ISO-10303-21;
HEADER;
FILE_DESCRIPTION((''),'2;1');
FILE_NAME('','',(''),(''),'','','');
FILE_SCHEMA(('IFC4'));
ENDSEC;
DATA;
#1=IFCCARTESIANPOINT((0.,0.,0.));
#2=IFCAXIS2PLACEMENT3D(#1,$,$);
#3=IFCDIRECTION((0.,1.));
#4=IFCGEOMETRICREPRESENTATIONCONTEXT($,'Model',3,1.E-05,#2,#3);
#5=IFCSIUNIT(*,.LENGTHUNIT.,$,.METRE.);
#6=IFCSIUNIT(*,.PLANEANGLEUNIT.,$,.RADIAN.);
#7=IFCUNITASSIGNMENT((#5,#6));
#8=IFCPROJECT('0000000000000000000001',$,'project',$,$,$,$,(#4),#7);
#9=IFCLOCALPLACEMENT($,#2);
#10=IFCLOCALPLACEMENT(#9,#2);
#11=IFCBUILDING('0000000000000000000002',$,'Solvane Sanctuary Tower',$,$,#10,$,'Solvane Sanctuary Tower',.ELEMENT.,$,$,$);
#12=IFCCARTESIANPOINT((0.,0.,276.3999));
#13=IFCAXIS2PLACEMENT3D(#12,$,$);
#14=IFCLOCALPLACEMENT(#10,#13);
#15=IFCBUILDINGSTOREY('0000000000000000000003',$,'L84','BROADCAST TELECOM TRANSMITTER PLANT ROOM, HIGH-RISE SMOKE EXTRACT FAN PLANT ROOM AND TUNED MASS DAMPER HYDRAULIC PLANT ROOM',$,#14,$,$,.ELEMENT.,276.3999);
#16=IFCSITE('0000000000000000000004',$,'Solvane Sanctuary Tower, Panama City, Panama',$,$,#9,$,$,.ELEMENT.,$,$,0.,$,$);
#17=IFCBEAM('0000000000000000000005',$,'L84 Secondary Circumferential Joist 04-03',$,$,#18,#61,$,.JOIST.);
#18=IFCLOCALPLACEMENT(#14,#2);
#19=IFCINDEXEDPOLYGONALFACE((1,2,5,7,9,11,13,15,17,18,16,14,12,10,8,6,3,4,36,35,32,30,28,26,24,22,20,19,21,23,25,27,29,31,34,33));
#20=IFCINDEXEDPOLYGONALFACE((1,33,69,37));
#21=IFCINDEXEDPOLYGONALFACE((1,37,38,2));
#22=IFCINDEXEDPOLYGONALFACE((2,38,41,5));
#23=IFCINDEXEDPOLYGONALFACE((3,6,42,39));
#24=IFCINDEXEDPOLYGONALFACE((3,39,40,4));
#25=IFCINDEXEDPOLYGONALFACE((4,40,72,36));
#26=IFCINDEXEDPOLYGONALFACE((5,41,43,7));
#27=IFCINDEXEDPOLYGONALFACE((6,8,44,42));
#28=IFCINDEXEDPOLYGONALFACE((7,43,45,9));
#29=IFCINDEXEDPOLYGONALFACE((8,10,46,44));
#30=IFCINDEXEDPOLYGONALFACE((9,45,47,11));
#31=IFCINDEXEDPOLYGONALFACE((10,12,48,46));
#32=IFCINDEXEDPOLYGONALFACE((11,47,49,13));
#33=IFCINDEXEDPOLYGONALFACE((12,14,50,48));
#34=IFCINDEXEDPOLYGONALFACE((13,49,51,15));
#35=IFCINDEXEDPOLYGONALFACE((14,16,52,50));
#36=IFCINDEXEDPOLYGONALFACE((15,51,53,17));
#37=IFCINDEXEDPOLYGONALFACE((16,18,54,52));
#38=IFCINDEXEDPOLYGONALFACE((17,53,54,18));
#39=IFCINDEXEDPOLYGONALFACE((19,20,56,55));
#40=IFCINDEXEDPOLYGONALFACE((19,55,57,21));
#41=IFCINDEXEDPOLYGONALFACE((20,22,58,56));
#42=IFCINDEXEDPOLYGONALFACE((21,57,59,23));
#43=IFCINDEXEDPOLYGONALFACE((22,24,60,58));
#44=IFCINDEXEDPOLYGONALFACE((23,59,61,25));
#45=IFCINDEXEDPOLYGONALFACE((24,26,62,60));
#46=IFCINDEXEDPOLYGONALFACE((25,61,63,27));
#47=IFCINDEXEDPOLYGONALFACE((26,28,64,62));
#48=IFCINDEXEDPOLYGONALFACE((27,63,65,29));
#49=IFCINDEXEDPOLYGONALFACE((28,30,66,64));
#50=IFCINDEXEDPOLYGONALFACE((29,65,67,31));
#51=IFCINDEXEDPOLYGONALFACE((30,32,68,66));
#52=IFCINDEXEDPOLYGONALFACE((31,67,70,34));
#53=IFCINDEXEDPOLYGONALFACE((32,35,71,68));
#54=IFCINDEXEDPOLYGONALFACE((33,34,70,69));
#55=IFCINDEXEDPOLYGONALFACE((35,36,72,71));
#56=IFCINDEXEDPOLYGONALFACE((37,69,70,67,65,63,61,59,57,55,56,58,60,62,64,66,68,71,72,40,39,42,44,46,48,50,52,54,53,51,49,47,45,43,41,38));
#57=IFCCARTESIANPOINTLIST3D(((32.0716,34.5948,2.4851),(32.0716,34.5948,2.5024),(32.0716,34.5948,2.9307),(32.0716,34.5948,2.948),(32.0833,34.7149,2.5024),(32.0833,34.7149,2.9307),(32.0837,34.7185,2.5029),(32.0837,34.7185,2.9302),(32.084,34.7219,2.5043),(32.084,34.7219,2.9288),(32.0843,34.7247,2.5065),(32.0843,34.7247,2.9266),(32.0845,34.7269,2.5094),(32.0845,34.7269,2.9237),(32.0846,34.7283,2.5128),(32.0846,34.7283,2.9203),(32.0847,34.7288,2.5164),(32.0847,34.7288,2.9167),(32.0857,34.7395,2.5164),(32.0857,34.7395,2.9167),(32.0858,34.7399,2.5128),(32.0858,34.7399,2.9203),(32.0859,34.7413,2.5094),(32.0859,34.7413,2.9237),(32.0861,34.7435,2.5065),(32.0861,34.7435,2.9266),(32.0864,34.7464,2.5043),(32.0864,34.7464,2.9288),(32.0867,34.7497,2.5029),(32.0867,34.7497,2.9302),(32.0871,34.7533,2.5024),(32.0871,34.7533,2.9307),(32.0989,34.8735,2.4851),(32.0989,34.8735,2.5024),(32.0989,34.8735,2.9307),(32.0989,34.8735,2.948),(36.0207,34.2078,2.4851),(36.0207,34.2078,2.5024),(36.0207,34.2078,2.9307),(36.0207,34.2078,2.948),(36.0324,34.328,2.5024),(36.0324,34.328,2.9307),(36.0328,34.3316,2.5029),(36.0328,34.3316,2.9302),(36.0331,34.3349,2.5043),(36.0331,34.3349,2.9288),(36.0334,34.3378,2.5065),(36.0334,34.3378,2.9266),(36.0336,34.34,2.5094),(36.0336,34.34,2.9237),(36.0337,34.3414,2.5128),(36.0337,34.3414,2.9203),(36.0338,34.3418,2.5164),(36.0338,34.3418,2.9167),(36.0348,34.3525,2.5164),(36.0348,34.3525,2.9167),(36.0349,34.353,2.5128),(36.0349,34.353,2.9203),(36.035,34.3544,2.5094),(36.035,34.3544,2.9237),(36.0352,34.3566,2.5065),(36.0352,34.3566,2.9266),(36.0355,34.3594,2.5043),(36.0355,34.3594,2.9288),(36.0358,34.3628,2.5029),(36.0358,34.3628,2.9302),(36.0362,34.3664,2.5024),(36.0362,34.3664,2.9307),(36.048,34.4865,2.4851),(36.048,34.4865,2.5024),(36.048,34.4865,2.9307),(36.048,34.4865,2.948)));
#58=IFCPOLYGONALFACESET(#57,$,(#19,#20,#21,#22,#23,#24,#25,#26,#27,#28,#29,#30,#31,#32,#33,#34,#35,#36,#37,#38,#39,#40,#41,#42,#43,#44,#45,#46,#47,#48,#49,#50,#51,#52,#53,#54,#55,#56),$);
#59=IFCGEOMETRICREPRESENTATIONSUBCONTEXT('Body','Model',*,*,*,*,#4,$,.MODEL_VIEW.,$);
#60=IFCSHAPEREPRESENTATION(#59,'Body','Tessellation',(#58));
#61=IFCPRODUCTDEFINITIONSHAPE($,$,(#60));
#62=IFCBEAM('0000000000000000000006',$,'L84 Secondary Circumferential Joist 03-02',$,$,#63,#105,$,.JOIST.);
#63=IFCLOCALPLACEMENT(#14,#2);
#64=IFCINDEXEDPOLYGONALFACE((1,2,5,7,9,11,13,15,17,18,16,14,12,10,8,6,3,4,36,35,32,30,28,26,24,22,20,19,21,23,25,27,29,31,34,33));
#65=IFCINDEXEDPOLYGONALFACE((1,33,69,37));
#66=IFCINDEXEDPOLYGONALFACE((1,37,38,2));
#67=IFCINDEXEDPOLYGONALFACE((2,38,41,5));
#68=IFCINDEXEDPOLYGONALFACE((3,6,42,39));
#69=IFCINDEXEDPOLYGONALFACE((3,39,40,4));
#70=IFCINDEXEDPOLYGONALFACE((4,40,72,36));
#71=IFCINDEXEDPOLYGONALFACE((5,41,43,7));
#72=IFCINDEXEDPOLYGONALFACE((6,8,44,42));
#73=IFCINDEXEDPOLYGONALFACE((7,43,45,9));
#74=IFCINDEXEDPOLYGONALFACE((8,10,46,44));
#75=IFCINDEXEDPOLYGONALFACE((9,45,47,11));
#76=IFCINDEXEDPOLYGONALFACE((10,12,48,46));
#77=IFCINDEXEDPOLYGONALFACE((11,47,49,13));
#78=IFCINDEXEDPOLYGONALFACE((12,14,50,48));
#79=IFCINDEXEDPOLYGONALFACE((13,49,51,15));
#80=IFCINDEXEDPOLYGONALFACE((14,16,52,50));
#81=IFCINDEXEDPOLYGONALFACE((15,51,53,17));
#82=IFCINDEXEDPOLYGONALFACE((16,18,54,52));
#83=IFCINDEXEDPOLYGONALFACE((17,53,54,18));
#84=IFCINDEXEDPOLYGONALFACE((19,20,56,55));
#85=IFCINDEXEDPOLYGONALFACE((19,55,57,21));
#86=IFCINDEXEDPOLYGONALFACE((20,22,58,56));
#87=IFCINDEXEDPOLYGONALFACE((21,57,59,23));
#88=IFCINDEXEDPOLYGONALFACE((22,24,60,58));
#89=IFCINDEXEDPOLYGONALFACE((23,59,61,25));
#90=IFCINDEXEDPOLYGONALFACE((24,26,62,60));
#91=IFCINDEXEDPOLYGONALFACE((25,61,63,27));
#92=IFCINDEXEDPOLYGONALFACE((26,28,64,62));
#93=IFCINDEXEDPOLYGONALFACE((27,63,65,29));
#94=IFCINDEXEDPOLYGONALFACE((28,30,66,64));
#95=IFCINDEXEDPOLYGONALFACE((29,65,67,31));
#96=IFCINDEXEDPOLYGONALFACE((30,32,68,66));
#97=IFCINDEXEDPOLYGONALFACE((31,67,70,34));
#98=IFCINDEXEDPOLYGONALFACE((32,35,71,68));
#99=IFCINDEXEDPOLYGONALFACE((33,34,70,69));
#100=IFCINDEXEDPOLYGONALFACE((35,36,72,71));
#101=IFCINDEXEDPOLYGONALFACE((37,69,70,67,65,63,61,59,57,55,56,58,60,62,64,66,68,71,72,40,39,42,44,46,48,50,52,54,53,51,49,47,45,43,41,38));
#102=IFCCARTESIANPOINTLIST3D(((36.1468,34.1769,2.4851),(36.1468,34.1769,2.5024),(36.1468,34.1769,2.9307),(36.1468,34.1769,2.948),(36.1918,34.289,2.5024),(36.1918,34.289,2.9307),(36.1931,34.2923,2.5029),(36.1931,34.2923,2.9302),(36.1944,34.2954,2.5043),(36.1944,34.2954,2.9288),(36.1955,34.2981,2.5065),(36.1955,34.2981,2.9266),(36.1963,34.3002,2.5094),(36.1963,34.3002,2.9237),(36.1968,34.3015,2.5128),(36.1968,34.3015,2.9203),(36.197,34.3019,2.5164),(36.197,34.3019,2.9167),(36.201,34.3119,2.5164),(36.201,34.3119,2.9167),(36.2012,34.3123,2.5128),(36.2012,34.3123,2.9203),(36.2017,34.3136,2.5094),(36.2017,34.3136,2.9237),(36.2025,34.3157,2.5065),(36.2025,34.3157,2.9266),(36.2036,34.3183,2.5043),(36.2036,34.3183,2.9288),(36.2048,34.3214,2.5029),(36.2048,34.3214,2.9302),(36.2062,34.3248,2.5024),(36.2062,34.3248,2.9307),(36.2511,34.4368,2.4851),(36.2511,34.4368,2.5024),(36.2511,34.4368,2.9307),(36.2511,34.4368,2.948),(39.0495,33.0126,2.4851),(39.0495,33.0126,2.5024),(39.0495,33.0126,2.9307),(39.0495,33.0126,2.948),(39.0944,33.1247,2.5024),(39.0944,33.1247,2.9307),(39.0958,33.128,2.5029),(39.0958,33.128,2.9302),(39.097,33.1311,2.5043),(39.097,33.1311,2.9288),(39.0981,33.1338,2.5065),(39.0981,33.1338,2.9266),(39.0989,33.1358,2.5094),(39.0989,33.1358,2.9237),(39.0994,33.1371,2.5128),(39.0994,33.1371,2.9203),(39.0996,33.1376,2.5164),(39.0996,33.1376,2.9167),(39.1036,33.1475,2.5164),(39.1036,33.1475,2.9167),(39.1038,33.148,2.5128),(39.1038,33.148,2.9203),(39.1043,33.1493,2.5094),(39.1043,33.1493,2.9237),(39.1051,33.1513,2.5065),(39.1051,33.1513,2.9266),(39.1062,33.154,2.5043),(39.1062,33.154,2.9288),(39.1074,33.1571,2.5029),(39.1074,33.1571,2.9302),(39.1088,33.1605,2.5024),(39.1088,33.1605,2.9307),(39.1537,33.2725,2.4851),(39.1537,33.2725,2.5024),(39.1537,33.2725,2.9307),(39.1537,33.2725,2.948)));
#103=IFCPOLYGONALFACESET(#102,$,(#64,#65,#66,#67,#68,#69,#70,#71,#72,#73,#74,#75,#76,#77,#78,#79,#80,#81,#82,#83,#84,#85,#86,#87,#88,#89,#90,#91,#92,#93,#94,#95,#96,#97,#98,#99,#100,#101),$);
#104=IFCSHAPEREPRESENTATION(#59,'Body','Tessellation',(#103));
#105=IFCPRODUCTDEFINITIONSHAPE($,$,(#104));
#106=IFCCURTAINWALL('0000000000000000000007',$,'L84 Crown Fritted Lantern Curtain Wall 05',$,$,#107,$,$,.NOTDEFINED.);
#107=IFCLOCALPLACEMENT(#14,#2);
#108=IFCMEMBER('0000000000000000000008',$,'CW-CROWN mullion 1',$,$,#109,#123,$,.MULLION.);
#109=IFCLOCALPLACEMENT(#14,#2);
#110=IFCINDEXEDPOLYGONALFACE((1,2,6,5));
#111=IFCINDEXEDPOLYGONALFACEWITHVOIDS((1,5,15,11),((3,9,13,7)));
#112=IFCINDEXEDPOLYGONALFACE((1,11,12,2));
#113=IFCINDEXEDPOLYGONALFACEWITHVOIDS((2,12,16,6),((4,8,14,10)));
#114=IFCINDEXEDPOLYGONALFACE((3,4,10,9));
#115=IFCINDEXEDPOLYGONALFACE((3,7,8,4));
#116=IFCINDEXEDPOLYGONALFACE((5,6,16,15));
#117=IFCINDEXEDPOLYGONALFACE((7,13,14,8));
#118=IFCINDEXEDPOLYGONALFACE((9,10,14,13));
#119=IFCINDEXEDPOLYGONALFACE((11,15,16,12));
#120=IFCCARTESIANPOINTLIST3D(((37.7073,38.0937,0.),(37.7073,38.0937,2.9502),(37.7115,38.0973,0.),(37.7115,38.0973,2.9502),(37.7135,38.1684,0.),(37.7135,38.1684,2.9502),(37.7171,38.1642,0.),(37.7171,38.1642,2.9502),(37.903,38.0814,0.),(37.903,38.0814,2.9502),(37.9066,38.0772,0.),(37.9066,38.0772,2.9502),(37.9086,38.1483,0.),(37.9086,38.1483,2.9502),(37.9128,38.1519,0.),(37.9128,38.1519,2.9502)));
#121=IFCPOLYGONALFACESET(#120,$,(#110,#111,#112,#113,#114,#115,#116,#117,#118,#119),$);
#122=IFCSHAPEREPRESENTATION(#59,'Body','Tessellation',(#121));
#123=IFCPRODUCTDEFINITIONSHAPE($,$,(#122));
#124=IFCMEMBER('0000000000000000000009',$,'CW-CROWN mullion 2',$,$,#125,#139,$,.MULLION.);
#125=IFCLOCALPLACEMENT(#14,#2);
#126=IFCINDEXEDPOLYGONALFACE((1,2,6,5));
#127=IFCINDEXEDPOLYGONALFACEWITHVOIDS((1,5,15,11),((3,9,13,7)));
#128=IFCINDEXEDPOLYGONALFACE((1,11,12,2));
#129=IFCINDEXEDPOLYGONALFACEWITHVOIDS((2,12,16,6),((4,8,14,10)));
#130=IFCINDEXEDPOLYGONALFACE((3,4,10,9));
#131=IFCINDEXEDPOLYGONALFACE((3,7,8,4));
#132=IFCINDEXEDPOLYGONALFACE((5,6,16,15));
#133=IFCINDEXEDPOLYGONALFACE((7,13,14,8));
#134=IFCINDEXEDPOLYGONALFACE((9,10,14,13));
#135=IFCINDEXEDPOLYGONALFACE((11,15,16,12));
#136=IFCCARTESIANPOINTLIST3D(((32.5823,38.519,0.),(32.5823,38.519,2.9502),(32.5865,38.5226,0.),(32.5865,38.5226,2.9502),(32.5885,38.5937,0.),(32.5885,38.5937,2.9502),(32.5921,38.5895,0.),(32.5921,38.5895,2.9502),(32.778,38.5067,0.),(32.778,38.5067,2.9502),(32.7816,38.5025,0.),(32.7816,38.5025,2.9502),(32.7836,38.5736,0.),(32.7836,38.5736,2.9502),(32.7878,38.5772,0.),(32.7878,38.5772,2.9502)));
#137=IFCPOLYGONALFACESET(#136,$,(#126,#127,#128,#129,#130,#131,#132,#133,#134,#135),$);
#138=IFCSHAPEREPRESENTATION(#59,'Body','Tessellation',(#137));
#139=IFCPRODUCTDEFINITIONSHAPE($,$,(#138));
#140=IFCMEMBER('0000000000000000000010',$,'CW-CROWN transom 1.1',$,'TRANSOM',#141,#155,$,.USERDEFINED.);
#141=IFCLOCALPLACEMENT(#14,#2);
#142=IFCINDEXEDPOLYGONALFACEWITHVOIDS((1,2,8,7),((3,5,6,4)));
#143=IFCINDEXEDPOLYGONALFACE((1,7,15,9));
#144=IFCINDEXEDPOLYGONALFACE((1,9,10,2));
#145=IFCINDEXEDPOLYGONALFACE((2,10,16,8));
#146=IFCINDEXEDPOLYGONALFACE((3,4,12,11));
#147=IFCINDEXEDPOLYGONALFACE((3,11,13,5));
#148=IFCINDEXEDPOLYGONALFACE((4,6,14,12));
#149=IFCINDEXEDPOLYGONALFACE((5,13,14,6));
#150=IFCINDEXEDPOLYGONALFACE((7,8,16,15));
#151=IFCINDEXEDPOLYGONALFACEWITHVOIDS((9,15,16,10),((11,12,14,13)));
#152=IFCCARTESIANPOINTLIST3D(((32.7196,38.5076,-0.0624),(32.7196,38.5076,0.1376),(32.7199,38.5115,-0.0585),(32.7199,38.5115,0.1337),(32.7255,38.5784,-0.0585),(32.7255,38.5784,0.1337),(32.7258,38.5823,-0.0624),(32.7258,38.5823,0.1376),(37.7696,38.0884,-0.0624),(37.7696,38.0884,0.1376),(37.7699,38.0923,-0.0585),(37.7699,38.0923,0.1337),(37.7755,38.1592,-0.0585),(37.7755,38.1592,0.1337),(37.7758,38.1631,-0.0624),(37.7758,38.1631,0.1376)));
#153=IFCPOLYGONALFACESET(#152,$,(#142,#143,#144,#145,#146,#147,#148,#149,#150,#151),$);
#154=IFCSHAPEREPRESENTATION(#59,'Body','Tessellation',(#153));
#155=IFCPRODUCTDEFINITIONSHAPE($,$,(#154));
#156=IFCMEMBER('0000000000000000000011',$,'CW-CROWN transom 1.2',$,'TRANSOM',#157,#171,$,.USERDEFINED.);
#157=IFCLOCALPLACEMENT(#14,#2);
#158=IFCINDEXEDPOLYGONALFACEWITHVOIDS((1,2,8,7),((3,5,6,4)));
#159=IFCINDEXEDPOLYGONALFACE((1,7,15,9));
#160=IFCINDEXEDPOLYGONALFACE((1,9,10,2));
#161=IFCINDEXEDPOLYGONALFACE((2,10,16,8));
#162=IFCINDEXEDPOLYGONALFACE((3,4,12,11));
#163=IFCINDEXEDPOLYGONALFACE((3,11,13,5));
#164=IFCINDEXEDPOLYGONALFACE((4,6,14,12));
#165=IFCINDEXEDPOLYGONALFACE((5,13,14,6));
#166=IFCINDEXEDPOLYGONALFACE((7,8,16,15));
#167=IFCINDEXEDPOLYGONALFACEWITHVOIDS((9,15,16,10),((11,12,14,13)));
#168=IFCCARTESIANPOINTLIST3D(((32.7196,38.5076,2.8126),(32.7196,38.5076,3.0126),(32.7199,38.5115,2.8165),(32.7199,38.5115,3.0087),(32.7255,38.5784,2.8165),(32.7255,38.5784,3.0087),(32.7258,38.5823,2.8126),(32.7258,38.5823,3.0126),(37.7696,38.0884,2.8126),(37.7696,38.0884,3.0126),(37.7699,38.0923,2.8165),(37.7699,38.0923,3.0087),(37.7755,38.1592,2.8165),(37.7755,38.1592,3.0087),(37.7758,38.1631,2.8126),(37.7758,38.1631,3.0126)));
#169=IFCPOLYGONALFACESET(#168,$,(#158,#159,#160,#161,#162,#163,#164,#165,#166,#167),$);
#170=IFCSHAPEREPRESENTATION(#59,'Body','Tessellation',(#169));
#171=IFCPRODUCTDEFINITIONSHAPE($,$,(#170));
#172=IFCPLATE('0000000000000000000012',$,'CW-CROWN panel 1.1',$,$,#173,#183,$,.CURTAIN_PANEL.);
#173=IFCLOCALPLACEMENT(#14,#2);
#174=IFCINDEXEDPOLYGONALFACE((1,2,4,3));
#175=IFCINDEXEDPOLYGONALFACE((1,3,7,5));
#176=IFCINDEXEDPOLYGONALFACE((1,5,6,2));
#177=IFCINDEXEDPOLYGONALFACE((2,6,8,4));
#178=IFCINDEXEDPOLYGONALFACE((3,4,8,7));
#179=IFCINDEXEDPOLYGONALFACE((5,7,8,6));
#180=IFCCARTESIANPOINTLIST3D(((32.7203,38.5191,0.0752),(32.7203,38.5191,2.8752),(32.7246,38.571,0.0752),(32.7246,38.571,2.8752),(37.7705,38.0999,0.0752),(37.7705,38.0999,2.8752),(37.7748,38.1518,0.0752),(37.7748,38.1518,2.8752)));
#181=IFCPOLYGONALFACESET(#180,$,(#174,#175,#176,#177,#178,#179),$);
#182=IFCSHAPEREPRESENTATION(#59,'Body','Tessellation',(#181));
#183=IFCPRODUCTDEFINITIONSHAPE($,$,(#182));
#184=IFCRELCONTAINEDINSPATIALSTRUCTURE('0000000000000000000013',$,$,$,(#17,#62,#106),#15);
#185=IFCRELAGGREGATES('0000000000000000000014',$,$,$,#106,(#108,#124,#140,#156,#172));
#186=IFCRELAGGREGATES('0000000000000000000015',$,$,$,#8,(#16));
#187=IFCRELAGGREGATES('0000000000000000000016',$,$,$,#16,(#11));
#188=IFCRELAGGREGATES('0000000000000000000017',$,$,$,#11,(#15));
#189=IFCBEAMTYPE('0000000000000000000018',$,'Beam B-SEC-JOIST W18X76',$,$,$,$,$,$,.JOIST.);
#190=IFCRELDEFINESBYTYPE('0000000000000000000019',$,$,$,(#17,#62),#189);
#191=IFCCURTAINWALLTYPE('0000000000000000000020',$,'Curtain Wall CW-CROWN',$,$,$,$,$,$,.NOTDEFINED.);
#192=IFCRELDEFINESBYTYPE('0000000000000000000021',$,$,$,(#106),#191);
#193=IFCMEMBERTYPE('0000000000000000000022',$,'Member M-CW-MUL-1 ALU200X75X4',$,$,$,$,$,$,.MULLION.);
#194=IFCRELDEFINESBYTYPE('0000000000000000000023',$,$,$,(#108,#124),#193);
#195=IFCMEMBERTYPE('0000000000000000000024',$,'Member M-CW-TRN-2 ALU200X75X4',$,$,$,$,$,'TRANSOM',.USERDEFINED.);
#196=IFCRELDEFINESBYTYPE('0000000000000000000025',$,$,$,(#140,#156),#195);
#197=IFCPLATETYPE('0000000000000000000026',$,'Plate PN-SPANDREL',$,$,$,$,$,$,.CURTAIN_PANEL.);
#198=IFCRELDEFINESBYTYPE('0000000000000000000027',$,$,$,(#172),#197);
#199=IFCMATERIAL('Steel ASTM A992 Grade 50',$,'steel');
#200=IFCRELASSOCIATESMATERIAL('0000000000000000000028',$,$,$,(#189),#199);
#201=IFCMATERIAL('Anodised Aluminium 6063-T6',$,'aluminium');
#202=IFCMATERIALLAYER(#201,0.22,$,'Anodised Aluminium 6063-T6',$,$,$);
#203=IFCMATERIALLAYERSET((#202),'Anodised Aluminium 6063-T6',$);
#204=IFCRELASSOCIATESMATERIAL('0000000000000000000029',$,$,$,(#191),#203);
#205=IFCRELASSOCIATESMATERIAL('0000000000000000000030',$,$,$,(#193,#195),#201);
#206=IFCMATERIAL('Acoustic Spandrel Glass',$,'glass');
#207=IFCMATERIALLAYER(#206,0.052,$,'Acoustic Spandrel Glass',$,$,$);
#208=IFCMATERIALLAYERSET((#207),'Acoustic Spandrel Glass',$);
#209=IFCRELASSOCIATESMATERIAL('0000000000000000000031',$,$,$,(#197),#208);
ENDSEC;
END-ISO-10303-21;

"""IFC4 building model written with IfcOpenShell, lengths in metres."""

from ifc_helpers import new_model, si_unit, direction, frame, origin, origin_2d, place, context, subcontext, project, spatial, rectangle, hollow_rectangle, i_section, extrude, material, layer, layer_set, material_profile, profile_set, type_object, element, aggregate, save


model = new_model("IFC4")

# Units and contexts
model_context = context("Model", 3, precision=1e-05, world=origin(), true_north=direction((0.0, 1.0)))
body_context = subcontext(model_context, "Body", "Model", "MODEL_VIEW")
ifc_project = project(units=[si_unit("LENGTHUNIT", "METRE"), si_unit("PLANEANGLEUNIT", "RADIAN")], contexts=[model_context])

# Site, building, storey
site_placement = place(None, origin())
site = spatial("IfcSite", under=ifc_project, at=site_placement, Name="Solvane Sanctuary Tower, Panama City, Panama", CompositionType="ELEMENT", RefElevation=0.0)
building_placement = place(site_placement, origin())
building = spatial("IfcBuilding", under=site, at=building_placement, Name="Solvane Sanctuary Tower", LongName="Solvane Sanctuary Tower", CompositionType="ELEMENT")
storey_placement = place(building_placement, frame((0.0, 0.0, 276.3999)))
storey = spatial("IfcBuildingStorey", under=building, at=storey_placement, Name="L84", Description="BROADCAST TELECOM TRANSMITTER PLANT ROOM, HIGH-RISE SMOKE EXTRACT FAN PLANT ROOM AND TUNED MASS DAMPER HYDRAULIC PLANT ROOM", CompositionType="ELEMENT", Elevation=276.3999)

# Beams
ifc_material_1 = material(Name="Steel ASTM A992 Grade 50", Category="steel")
ifc_material_profile_1 = material_profile(ifc_material_1, i_section(OverallWidth=0.28, OverallDepth=0.4629, WebThickness=0.0107, FlangeThickness=0.0173, FilletRadius=0.0139, at=origin_2d()), Name="W18X76")
ifc_profile_set_1 = profile_set([ifc_material_profile_1], Name="Steel ASTM A992 Grade 50")
beam_type_1 = type_object("IfcBeamType", Name="Beam B-SEC-JOIST W18X76", PredefinedType="JOIST", material=ifc_profile_set_1)
beam_1_placement = place(storey_placement, frame((32.0852, 34.7341, 2.7166), z_axis=(0.995234, -0.097518, 0.0), x_axis=(0.097518, 0.995234, 0.0)))
element("IfcBeam", 1, at=beam_1_placement, inside=storey, type_object=beam_type_1, Name="L84 Secondary Circumferential Joist 04-03", PredefinedType="JOIST", context=body_context, shape_type="SweptSolid", body=[
    extrude(i_section(OverallWidth=0.28, OverallDepth=0.4629, WebThickness=0.0107, FlangeThickness=0.0173, FilletRadius=0.0139, at=origin_2d()), origin(), (0.0, 0.0, 1.0), 3.968),
])
beam_2_placement = place(storey_placement, frame((36.199, 34.3069, 2.7166), z_axis=(0.928116, -0.372292, 0.0), x_axis=(0.372292, 0.928116, 0.0)))
element("IfcBeam", 2, at=beam_2_placement, inside=storey, type_object=beam_type_1, Name="L84 Secondary Circumferential Joist 03-02", PredefinedType="JOIST", context=body_context, shape_type="SweptSolid", body=[
    extrude(i_section(OverallWidth=0.28, OverallDepth=0.4629, WebThickness=0.0107, FlangeThickness=0.0173, FilletRadius=0.0139, at=origin_2d()), origin(), (0.0, 0.0, 1.0), 3.1274),
])

# Curtain wall, members, plate
ifc_material_2 = material(Name="Anodised Aluminium 6063-T6", Category="aluminium")
ifc_layer_1 = layer(ifc_material_2, 0.22, Name="Anodised Aluminium 6063-T6")
ifc_layer_set_1 = layer_set([ifc_layer_1], Name="Anodised Aluminium 6063-T6")
curtain_wall_type = type_object("IfcCurtainWallType", Name="Curtain Wall CW-CROWN", PredefinedType="NOTDEFINED", material=ifc_layer_set_1)
curtain_wall_placement = place(storey_placement, origin())
curtain_wall = element("IfcCurtainWall", 3, at=curtain_wall_placement, inside=storey, type_object=curtain_wall_type, Name="L84 Crown Fritted Lantern Curtain Wall 05", PredefinedType="NOTDEFINED")
ifc_material_profile_2 = material_profile(ifc_material_2, hollow_rectangle(XDim=0.075, YDim=0.2, WallThickness=0.0039, at=origin_2d()), Name="ALU200X75X4")
ifc_profile_set_2 = profile_set([ifc_material_profile_2], Name="Anodised Aluminium 6063-T6")
member_type_1 = type_object("IfcMemberType", Name="Member M-CW-MUL-1 ALU200X75X4", PredefinedType="MULLION", material=ifc_profile_set_2)
member_1_placement = place(storey_placement, frame((37.8101, 38.1228, 0.0), z_axis=(0.0, 0.0, 1.0), x_axis=(-0.08272, -0.996573, 0.0)))
member_1 = element("IfcMember", 4, at=member_1_placement, type_object=member_type_1, Name="CW-CROWN mullion 1", PredefinedType="MULLION", context=body_context, shape_type="SweptSolid", body=[
    extrude(hollow_rectangle(XDim=0.075, YDim=0.2, WallThickness=0.0039, at=origin_2d()), origin(), (0.0, 0.0, 1.0), 2.9502),
])
member_2_placement = place(storey_placement, frame((32.6851, 38.5481, 0.0), z_axis=(0.0, 0.0, 1.0), x_axis=(-0.08272, -0.996573, 0.0)))
member_2 = element("IfcMember", 5, at=member_2_placement, type_object=member_type_1, Name="CW-CROWN mullion 2", PredefinedType="MULLION", context=body_context, shape_type="SweptSolid", body=[
    extrude(hollow_rectangle(XDim=0.075, YDim=0.2, WallThickness=0.0039, at=origin_2d()), origin(), (0.0, 0.0, 1.0), 2.9502),
])
ifc_material_profile_3 = material_profile(ifc_material_2, hollow_rectangle(XDim=0.075, YDim=0.2, WallThickness=0.0039, at=origin_2d()), Name="ALU200X75X4")
ifc_profile_set_3 = profile_set([ifc_material_profile_3], Name="Anodised Aluminium 6063-T6")
member_type_2 = type_object("IfcMemberType", Name="Member M-CW-TRN-2 ALU200X75X4", ElementType="TRANSOM", PredefinedType="USERDEFINED", material=ifc_profile_set_3)
member_3_placement = place(storey_placement, frame((37.7727, 38.1257, 0.0376), z_axis=(-0.996573, 0.082723, 0.0), x_axis=(-0.082723, -0.996573, 0.0)))
member_3 = element("IfcMember", 6, at=member_3_placement, type_object=member_type_2, Name="CW-CROWN transom 1.1", ObjectType="TRANSOM", PredefinedType="USERDEFINED", context=body_context, shape_type="SweptSolid", body=[
    extrude(hollow_rectangle(XDim=0.075, YDim=0.2, WallThickness=0.0039, at=origin_2d()), origin(), (0.0, 0.0, 1.0), 5.0674),
])
member_4_placement = place(storey_placement, frame((37.7727, 38.1257, 2.9126), z_axis=(-0.996573, 0.082723, 0.0), x_axis=(-0.082723, -0.996573, 0.0)))
member_4 = element("IfcMember", 7, at=member_4_placement, type_object=member_type_2, Name="CW-CROWN transom 1.2", ObjectType="TRANSOM", PredefinedType="USERDEFINED", context=body_context, shape_type="SweptSolid", body=[
    extrude(hollow_rectangle(XDim=0.075, YDim=0.2, WallThickness=0.0039, at=origin_2d()), origin(), (0.0, 0.0, 1.0), 5.0674),
])
ifc_material_3 = material(Name="Acoustic Spandrel Glass", Category="glass")
ifc_layer_2 = layer(ifc_material_3, 0.052, Name="Acoustic Spandrel Glass")
ifc_layer_set_2 = layer_set([ifc_layer_2], Name="Acoustic Spandrel Glass")
plate_type = type_object("IfcPlateType", Name="Plate PN-SPANDREL", PredefinedType="CURTAIN_PANEL", material=ifc_layer_set_2)
plate_placement = place(storey_placement, frame((35.2476, 38.3354, 0.0752), z_axis=(0.0, 0.0, 1.0), x_axis=(-0.996573, 0.08272, 0.0)))
plate = element("IfcPlate", 8, at=plate_placement, type_object=plate_type, Name="CW-CROWN panel 1.1", PredefinedType="CURTAIN_PANEL", context=body_context, shape_type="SweptSolid", body=[
    extrude(rectangle(XDim=5.0676, YDim=0.052, at=origin_2d()), origin(), (0.0, 0.0, 1.0), 2.8),
])
aggregate(curtain_wall, [member_1, member_2, member_3, member_4, plate])

save(model, "model.ifc")
